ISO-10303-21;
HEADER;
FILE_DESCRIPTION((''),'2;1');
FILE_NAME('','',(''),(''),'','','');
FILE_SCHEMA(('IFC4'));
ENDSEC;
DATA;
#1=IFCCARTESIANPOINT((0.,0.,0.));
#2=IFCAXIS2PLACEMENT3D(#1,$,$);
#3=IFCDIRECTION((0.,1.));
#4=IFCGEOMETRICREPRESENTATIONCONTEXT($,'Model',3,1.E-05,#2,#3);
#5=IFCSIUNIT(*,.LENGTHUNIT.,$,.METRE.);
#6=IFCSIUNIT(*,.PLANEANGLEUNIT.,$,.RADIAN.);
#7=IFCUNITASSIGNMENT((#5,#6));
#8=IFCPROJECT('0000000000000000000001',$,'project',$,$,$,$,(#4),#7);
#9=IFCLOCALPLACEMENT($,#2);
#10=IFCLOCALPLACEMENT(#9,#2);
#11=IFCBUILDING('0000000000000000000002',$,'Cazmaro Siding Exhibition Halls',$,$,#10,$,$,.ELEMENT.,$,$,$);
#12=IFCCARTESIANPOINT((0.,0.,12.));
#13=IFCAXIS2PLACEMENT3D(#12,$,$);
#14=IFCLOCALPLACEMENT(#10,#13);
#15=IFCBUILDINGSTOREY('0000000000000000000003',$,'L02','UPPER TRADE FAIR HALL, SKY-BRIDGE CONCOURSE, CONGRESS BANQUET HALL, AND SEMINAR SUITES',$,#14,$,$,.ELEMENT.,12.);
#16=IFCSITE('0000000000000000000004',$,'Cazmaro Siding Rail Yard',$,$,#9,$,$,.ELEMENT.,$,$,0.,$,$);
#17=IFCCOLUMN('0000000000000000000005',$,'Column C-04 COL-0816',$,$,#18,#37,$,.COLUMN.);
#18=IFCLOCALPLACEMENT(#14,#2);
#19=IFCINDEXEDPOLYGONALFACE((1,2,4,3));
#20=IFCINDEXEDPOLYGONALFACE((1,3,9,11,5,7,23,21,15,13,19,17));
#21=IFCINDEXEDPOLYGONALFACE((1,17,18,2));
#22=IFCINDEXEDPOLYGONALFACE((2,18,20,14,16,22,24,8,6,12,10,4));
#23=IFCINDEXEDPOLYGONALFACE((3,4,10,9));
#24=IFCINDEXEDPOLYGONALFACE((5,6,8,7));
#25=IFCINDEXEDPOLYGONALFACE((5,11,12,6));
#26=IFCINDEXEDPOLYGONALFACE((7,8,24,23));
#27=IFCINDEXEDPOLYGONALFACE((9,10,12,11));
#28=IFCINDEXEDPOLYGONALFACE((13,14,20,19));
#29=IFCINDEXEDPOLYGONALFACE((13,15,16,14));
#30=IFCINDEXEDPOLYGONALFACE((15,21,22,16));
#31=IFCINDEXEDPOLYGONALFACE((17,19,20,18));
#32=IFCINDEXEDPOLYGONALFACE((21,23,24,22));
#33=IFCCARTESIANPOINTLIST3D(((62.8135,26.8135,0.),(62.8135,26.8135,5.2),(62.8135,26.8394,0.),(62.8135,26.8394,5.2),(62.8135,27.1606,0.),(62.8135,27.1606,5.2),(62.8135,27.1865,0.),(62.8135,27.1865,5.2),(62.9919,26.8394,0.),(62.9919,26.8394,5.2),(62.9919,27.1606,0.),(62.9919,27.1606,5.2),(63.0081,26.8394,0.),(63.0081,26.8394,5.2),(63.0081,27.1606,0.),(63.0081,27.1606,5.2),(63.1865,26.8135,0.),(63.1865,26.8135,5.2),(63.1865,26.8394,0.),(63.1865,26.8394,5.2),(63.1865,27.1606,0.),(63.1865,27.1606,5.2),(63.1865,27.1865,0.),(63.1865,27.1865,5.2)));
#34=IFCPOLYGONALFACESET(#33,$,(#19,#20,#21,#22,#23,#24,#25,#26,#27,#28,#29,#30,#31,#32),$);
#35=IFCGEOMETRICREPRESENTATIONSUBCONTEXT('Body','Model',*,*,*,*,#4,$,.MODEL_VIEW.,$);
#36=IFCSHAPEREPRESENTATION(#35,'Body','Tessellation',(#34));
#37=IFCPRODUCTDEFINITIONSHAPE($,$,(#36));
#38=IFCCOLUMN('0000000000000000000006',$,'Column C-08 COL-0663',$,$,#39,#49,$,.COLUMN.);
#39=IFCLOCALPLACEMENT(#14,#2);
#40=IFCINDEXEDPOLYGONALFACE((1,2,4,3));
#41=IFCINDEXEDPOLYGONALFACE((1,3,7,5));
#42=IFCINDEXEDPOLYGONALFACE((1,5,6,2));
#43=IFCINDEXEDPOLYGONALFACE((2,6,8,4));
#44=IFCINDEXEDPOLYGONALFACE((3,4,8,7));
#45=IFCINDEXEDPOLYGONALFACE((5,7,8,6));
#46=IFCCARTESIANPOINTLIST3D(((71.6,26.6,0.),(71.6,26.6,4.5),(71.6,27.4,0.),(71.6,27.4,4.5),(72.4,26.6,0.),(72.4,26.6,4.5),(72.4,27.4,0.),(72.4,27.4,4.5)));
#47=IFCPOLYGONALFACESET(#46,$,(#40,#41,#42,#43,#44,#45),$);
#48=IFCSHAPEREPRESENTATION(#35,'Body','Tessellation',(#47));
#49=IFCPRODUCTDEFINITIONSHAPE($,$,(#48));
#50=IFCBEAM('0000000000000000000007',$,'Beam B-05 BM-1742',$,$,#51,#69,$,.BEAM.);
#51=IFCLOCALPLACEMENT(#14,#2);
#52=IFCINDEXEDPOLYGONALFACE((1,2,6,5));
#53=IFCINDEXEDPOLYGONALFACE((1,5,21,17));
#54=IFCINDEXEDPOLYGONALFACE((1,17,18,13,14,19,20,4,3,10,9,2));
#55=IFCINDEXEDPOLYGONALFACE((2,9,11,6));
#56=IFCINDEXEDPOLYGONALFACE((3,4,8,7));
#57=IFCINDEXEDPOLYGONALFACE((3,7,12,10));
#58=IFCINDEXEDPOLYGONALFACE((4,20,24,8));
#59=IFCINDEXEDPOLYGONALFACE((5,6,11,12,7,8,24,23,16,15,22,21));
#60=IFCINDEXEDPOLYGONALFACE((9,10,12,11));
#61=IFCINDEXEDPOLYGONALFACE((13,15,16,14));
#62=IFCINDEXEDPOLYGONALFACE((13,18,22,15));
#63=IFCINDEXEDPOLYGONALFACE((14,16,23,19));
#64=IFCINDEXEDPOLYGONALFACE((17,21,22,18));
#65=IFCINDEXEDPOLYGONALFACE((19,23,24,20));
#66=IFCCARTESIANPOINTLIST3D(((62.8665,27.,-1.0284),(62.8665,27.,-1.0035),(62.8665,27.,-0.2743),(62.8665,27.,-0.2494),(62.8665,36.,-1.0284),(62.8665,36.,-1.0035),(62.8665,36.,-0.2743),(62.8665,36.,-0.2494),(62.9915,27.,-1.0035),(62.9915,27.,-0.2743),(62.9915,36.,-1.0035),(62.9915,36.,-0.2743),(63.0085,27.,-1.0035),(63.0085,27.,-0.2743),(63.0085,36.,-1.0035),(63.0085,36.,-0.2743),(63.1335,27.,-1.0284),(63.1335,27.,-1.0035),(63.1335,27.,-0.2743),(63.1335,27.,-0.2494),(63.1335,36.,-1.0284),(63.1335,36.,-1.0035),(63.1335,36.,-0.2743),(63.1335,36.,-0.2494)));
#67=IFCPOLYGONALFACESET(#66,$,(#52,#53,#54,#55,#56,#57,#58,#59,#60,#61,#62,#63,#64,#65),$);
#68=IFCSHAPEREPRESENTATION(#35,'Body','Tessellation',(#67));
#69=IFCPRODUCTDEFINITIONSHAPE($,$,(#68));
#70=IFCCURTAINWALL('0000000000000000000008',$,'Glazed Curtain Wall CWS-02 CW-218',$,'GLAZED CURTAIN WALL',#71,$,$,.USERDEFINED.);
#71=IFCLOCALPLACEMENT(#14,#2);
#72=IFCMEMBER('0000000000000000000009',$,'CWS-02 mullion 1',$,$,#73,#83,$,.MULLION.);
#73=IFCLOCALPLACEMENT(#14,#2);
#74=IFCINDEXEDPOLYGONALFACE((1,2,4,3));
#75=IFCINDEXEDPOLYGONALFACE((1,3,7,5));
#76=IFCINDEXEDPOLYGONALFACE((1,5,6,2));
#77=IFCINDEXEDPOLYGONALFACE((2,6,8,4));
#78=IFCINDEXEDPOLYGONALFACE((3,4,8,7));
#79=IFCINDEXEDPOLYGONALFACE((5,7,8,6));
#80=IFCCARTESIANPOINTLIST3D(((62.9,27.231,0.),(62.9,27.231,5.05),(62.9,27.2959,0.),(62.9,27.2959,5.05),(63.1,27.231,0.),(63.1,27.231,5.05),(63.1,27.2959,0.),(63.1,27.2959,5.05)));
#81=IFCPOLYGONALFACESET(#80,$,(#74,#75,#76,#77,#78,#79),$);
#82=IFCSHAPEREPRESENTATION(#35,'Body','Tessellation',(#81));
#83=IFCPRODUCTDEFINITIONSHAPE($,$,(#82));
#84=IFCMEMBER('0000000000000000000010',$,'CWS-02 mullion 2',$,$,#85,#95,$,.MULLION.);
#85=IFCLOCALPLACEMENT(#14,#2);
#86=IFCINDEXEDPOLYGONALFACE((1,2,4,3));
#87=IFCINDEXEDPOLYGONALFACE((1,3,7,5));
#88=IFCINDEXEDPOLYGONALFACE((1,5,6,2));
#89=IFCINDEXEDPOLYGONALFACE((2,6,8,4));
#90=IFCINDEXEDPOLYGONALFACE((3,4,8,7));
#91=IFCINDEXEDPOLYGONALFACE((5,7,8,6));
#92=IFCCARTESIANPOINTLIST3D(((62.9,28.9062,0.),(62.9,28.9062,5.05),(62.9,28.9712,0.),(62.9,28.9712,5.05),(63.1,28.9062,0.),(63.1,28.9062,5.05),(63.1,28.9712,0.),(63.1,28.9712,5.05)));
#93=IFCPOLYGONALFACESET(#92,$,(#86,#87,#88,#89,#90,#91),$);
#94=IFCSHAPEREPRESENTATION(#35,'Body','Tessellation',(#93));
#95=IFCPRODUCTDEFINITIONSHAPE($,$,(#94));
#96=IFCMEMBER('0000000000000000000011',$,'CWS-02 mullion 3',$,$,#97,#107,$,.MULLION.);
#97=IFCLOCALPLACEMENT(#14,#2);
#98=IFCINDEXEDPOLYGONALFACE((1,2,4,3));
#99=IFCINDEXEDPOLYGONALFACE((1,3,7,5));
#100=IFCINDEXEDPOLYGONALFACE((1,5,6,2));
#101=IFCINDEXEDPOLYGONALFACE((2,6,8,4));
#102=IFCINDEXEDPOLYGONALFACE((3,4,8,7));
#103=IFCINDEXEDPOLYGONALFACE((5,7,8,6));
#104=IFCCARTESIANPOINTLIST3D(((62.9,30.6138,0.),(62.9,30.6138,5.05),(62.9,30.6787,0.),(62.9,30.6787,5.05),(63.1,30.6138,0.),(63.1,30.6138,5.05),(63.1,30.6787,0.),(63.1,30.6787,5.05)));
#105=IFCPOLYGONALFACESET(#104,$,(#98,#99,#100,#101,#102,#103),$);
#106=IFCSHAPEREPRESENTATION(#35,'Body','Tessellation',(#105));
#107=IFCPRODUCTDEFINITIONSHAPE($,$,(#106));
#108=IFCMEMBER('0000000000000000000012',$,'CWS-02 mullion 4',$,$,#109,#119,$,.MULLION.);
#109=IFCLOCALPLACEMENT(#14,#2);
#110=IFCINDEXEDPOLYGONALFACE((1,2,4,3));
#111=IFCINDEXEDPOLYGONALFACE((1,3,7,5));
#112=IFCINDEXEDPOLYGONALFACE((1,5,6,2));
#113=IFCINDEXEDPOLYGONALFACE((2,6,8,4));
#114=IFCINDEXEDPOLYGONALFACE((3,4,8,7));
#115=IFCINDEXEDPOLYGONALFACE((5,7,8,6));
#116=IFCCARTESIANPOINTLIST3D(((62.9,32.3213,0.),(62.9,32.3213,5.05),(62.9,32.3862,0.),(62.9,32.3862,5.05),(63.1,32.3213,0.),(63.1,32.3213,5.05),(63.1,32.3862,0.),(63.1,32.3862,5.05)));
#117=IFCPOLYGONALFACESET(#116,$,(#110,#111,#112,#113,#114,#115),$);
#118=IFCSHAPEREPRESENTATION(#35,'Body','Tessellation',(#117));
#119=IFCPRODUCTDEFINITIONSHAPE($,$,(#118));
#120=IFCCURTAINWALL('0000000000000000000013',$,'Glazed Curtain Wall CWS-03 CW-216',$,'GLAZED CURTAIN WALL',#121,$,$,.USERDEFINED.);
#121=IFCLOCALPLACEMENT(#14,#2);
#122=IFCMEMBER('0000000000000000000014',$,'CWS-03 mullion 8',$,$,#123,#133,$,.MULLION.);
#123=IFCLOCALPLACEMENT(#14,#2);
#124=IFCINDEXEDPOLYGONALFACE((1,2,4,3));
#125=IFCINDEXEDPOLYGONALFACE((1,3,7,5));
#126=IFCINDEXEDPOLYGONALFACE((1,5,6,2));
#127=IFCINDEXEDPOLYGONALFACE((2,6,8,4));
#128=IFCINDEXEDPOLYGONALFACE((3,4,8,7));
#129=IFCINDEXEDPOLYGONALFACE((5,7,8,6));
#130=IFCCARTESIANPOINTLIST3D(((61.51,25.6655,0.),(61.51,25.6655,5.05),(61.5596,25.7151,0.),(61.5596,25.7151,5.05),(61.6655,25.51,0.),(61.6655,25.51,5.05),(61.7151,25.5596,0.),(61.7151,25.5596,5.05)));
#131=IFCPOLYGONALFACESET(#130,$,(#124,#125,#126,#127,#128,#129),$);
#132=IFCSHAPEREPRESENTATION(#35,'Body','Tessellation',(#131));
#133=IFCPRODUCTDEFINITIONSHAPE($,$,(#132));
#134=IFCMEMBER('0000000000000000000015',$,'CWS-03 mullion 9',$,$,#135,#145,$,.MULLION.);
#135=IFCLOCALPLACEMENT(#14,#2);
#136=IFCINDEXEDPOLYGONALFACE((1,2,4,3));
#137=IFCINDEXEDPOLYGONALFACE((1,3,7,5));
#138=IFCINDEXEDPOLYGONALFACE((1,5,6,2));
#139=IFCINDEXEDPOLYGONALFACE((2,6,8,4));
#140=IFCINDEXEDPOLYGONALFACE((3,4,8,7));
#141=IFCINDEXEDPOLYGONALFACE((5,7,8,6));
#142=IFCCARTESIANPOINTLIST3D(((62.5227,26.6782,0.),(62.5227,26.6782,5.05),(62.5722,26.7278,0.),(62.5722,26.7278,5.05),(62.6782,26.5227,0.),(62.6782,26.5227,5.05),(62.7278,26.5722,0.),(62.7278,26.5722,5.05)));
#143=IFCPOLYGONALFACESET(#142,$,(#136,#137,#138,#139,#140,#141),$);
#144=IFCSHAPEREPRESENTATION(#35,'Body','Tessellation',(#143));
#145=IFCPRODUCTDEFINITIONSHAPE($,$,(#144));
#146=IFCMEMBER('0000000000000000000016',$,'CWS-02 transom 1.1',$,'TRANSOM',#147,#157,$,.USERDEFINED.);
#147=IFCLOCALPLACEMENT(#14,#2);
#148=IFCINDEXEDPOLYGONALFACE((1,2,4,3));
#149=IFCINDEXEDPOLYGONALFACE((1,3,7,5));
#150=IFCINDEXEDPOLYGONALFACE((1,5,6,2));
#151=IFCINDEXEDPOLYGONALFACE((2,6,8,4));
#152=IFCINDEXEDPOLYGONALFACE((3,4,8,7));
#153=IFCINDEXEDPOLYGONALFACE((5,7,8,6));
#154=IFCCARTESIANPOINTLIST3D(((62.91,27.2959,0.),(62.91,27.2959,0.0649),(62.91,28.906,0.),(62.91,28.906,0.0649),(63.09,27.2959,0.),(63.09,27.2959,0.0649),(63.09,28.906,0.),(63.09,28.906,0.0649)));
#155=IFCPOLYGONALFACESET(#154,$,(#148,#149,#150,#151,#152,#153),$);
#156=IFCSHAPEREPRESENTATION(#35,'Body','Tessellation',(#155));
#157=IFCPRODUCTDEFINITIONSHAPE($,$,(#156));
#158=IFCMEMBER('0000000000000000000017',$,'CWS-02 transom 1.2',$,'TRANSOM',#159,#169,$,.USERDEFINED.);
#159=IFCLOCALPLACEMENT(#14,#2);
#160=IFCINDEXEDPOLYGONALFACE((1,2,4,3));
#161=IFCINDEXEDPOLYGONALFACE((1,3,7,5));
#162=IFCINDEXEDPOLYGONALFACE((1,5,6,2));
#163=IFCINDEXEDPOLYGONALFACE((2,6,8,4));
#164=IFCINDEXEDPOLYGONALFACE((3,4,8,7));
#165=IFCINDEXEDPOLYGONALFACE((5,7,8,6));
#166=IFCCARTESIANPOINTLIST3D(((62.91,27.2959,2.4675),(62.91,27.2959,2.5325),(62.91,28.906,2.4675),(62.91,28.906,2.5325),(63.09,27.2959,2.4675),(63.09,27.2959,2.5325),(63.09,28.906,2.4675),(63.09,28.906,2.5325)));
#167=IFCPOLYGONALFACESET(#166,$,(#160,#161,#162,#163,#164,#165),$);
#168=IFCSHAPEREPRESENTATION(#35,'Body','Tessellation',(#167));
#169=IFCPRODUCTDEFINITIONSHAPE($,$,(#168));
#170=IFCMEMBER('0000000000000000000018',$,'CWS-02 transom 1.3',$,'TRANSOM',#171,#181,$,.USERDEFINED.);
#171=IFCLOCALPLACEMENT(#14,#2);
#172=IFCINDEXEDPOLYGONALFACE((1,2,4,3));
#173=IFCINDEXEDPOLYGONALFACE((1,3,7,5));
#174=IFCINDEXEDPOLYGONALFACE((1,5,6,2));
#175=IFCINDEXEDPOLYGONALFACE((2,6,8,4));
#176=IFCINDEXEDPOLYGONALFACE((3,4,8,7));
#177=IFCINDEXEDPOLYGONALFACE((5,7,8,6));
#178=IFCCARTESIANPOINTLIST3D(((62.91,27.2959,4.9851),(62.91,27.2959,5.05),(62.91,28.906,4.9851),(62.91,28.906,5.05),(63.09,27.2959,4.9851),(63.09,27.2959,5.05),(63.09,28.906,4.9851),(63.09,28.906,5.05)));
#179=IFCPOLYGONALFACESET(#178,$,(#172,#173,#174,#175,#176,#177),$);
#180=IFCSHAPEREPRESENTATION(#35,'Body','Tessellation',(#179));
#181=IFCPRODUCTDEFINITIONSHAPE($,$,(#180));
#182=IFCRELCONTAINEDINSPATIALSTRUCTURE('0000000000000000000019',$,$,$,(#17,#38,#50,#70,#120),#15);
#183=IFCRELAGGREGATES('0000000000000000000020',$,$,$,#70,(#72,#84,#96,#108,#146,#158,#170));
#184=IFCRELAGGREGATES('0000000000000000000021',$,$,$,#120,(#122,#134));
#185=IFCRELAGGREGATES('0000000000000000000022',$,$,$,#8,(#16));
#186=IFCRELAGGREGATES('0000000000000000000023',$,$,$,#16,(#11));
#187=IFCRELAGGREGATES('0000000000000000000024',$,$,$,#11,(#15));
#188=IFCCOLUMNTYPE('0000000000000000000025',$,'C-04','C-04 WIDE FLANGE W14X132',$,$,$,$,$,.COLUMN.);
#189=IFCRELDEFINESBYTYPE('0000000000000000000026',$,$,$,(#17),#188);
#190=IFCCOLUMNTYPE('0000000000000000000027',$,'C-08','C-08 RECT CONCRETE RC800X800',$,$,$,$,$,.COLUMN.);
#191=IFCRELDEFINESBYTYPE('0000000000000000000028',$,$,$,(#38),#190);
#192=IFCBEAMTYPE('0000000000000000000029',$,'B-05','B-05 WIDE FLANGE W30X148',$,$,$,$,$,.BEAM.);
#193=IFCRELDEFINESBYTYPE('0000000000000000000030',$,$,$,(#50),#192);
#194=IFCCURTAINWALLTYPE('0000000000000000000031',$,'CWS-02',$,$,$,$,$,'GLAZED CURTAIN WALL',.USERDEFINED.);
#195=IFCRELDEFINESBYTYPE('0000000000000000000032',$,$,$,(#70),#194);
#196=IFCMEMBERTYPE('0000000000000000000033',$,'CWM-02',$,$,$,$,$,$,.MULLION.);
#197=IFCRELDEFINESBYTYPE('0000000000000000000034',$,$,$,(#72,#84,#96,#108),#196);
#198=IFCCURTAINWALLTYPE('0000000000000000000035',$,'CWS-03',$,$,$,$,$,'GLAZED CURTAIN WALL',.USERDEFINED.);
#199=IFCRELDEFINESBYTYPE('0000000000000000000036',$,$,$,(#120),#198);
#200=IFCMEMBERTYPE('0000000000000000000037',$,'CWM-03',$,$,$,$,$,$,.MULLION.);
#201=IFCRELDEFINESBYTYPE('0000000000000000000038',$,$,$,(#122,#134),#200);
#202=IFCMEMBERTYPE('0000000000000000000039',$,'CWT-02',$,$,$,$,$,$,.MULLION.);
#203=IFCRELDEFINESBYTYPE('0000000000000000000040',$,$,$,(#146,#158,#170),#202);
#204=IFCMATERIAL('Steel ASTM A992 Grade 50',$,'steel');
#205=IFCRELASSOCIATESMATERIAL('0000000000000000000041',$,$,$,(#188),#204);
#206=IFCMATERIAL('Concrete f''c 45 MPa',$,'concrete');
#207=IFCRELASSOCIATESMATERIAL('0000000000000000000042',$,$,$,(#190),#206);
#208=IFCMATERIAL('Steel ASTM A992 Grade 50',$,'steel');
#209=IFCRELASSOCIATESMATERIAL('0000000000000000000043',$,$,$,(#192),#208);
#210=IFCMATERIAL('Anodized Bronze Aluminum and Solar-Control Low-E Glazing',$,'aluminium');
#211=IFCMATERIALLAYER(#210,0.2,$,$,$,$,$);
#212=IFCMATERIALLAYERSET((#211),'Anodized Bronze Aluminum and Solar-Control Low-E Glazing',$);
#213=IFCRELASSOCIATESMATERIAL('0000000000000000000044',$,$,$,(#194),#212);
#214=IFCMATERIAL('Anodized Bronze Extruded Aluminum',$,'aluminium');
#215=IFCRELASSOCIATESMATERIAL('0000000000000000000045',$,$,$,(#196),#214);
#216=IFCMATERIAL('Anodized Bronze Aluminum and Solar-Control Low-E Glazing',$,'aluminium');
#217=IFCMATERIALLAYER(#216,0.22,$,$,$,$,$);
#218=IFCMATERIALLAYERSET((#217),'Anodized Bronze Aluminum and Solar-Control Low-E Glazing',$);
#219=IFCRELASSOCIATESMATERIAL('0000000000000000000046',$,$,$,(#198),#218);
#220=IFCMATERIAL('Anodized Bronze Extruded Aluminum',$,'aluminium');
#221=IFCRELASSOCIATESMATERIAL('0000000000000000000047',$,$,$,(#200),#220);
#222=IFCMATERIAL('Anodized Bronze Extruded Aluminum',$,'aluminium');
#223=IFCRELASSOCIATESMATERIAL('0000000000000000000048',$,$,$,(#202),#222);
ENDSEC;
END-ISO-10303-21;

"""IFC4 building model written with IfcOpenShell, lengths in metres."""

from ifc_helpers import new_model, si_unit, direction, frame, origin, origin_2d, place, context, subcontext, project, spatial, rectangle, i_section, extrude, material, layer, layer_set, material_profile, profile_set, type_object, element, aggregate, save


model = new_model("IFC4")

# Units and contexts
model_context = context("Model", 3, precision=1e-05, world=origin(), true_north=direction((0.0, 1.0)))
body_context = subcontext(model_context, "Body", "Model", "MODEL_VIEW")
ifc_project = project(units=[si_unit("LENGTHUNIT", "METRE"), si_unit("PLANEANGLEUNIT", "RADIAN")], contexts=[model_context])

# Site, building, storey
site_placement = place(None, origin())
site = spatial("IfcSite", under=ifc_project, at=site_placement, Name="Cazmaro Siding Rail Yard", CompositionType="ELEMENT", RefElevation=0.0)
building_placement = place(site_placement, origin())
building = spatial("IfcBuilding", under=site, at=building_placement, Name="Cazmaro Siding Exhibition Halls", CompositionType="ELEMENT")
storey_placement = place(building_placement, frame((0.0, 0.0, 12.0)))
storey = spatial("IfcBuildingStorey", under=building, at=storey_placement, Name="L02", Description="UPPER TRADE FAIR HALL, SKY-BRIDGE CONCOURSE, CONGRESS BANQUET HALL, AND SEMINAR SUITES", CompositionType="ELEMENT", Elevation=12.0)

# Columns
ifc_material_1 = material(Name="Steel ASTM A992 Grade 50", Category="steel")
ifc_material_profile_1 = material_profile(ifc_material_1, i_section(OverallWidth=0.373, OverallDepth=0.373, WebThickness=0.0161, FlangeThickness=0.0259, at=origin_2d()), Name="W14X132")
ifc_profile_set_1 = profile_set([ifc_material_profile_1], Name="Steel ASTM A992 Grade 50")
column_type_1 = type_object("IfcColumnType", Name="C-04", Description="C-04 WIDE FLANGE W14X132", PredefinedType="COLUMN", material=ifc_profile_set_1)
column_1_placement = place(storey_placement, frame((63.0, 27.0, 0.0), z_axis=(0.0, 0.0, 1.0), x_axis=(1.0, 0.0, 0.0)))
element("IfcColumn", 1, at=column_1_placement, inside=storey, type_object=column_type_1, Name="Column C-04 COL-0816", PredefinedType="COLUMN", context=body_context, shape_type="SweptSolid", body=[
    extrude(i_section(OverallWidth=0.373, OverallDepth=0.373, WebThickness=0.0161, FlangeThickness=0.0259, at=origin_2d()), origin(), (0.0, 0.0, 1.0), 5.2),
])
ifc_material_2 = material(Name="Concrete f'c 45 MPa", Category="concrete")
ifc_material_profile_2 = material_profile(ifc_material_2, rectangle(XDim=0.8, YDim=0.8, at=origin_2d()), Name="RC800X800")
ifc_profile_set_2 = profile_set([ifc_material_profile_2], Name="Concrete f'c 45 MPa")
column_type_2 = type_object("IfcColumnType", Name="C-08", Description="C-08 RECT CONCRETE RC800X800", PredefinedType="COLUMN", material=ifc_profile_set_2)
column_2_placement = place(storey_placement, frame((72.0, 27.0, 0.0), z_axis=(0.0, 0.0, 1.0), x_axis=(1.0, 0.0, 0.0)))
element("IfcColumn", 2, at=column_2_placement, inside=storey, type_object=column_type_2, Name="Column C-08 COL-0663", PredefinedType="COLUMN", context=body_context, shape_type="SweptSolid", body=[
    extrude(rectangle(XDim=0.8, YDim=0.8, at=origin_2d()), origin(), (0.0, 0.0, 1.0), 4.5),
])

# Beam
ifc_material_3 = material(Name="Steel ASTM A992 Grade 50", Category="steel")
ifc_material_profile_3 = material_profile(ifc_material_3, i_section(OverallWidth=0.2671, OverallDepth=0.7791, WebThickness=0.0171, FlangeThickness=0.0249, at=origin_2d()), Name="W30X148")
ifc_profile_set_3 = profile_set([ifc_material_profile_3], Name="Steel ASTM A992 Grade 50")
beam_type_1 = type_object("IfcBeamType", Name="B-05", Description="B-05 WIDE FLANGE W30X148", PredefinedType="BEAM", material=ifc_profile_set_3)
beam_1_placement = place(storey_placement, frame((63.0, 27.0, -0.6389), z_axis=(0.0, 1.0, 0.0), x_axis=(-1.0, 0.0, 0.0)))
element("IfcBeam", 3, at=beam_1_placement, inside=storey, type_object=beam_type_1, Name="Beam B-05 BM-1742", PredefinedType="BEAM", context=body_context, shape_type="SweptSolid", body=[
    extrude(i_section(OverallWidth=0.2671, OverallDepth=0.7791, WebThickness=0.0171, FlangeThickness=0.0249, at=origin_2d()), origin(), (0.0, 0.0, 1.0), 9.0),
])

# Curtain walls, members
ifc_material_4 = material(Name="Anodized Bronze Aluminum and Solar-Control Low-E Glazing", Category="aluminium")
ifc_layer_1 = layer(ifc_material_4, 0.2)
ifc_layer_set_1 = layer_set([ifc_layer_1], Name="Anodized Bronze Aluminum and Solar-Control Low-E Glazing")
curtain_wall_type_1 = type_object("IfcCurtainWallType", Name="CWS-02", ElementType="GLAZED CURTAIN WALL", PredefinedType="USERDEFINED", material=ifc_layer_set_1)
curtain_wall_1_placement = place(storey_placement, origin())
curtain_wall_1 = element("IfcCurtainWall", 4, at=curtain_wall_1_placement, inside=storey, type_object=curtain_wall_type_1, Name="Glazed Curtain Wall CWS-02 CW-218", ObjectType="GLAZED CURTAIN WALL", PredefinedType="USERDEFINED")
ifc_material_5 = material(Name="Anodized Bronze Extruded Aluminum", Category="aluminium")
ifc_material_profile_4 = material_profile(ifc_material_5, rectangle(XDim=0.2, YDim=0.0649, at=origin_2d()), Name="CWM-02")
ifc_profile_set_4 = profile_set([ifc_material_profile_4], Name="Anodized Bronze Extruded Aluminum")
member_type_1 = type_object("IfcMemberType", Name="CWM-02", PredefinedType="MULLION", material=ifc_profile_set_4)
member_1_placement = place(storey_placement, frame((63.0, 27.2634, 0.0), z_axis=(0.0, 0.0, 1.0), x_axis=(-1.0, 0.0, 0.0)))
member_1 = element("IfcMember", 5, at=member_1_placement, type_object=member_type_1, Name="CWS-02 mullion 1", PredefinedType="MULLION", context=body_context, shape_type="SweptSolid", body=[
    extrude(rectangle(XDim=0.2, YDim=0.0649, at=origin_2d()), origin(), (0.0, 0.0, 1.0), 5.05),
])
member_2_placement = place(storey_placement, frame((63.0, 28.9387, 0.0), z_axis=(0.0, 0.0, 1.0), x_axis=(-1.0, 0.0, 0.0)))
member_2 = element("IfcMember", 6, at=member_2_placement, type_object=member_type_1, Name="CWS-02 mullion 2", PredefinedType="MULLION", context=body_context, shape_type="SweptSolid", body=[
    extrude(rectangle(XDim=0.2, YDim=0.0649, at=origin_2d()), origin(), (0.0, 0.0, 1.0), 5.05),
])
member_3_placement = place(storey_placement, frame((63.0, 30.6462, 0.0), z_axis=(0.0, 0.0, 1.0), x_axis=(-1.0, 0.0, 0.0)))
member_3 = element("IfcMember", 7, at=member_3_placement, type_object=member_type_1, Name="CWS-02 mullion 3", PredefinedType="MULLION", context=body_context, shape_type="SweptSolid", body=[
    extrude(rectangle(XDim=0.2, YDim=0.0649, at=origin_2d()), origin(), (0.0, 0.0, 1.0), 5.05),
])
member_4_placement = place(storey_placement, frame((63.0, 32.3538, 0.0), z_axis=(0.0, 0.0, 1.0), x_axis=(-1.0, 0.0, 0.0)))
member_4 = element("IfcMember", 8, at=member_4_placement, type_object=member_type_1, Name="CWS-02 mullion 4", PredefinedType="MULLION", context=body_context, shape_type="SweptSolid", body=[
    extrude(rectangle(XDim=0.2, YDim=0.0649, at=origin_2d()), origin(), (0.0, 0.0, 1.0), 5.05),
])
ifc_material_6 = material(Name="Anodized Bronze Aluminum and Solar-Control Low-E Glazing", Category="aluminium")
ifc_layer_2 = layer(ifc_material_6, 0.22)
ifc_layer_set_2 = layer_set([ifc_layer_2], Name="Anodized Bronze Aluminum and Solar-Control Low-E Glazing")
curtain_wall_type_2 = type_object("IfcCurtainWallType", Name="CWS-03", ElementType="GLAZED CURTAIN WALL", PredefinedType="USERDEFINED", material=ifc_layer_set_2)
curtain_wall_2_placement = place(storey_placement, origin())
curtain_wall_2 = element("IfcCurtainWall", 9, at=curtain_wall_2_placement, inside=storey, type_object=curtain_wall_type_2, Name="Glazed Curtain Wall CWS-03 CW-216", ObjectType="GLAZED CURTAIN WALL", PredefinedType="USERDEFINED")
ifc_material_7 = material(Name="Anodized Bronze Extruded Aluminum", Category="aluminium")
ifc_material_profile_5 = material_profile(ifc_material_7, rectangle(XDim=0.22, YDim=0.0701, at=origin_2d()), Name="CWM-03")
ifc_profile_set_5 = profile_set([ifc_material_profile_5], Name="Anodized Bronze Extruded Aluminum")
member_type_2 = type_object("IfcMemberType", Name="CWM-03", PredefinedType="MULLION", material=ifc_profile_set_5)
member_5_placement = place(storey_placement, frame((61.6125, 25.6125, 0.0), z_axis=(0.0, 0.0, 1.0), x_axis=(-0.707107, 0.707107, 0.0)))
member_5 = element("IfcMember", 10, at=member_5_placement, type_object=member_type_2, Name="CWS-03 mullion 8", PredefinedType="MULLION", context=body_context, shape_type="SweptSolid", body=[
    extrude(rectangle(XDim=0.22, YDim=0.0701, at=origin_2d()), origin(), (0.0, 0.0, 1.0), 5.05),
])
member_6_placement = place(storey_placement, frame((62.6252, 26.6252, 0.0), z_axis=(0.0, 0.0, 1.0), x_axis=(-0.707107, 0.707107, 0.0)))
member_6 = element("IfcMember", 11, at=member_6_placement, type_object=member_type_2, Name="CWS-03 mullion 9", PredefinedType="MULLION", context=body_context, shape_type="SweptSolid", body=[
    extrude(rectangle(XDim=0.22, YDim=0.0701, at=origin_2d()), origin(), (0.0, 0.0, 1.0), 5.05),
])

# Members
ifc_material_8 = material(Name="Anodized Bronze Extruded Aluminum", Category="aluminium")
ifc_material_profile_6 = material_profile(ifc_material_8, rectangle(XDim=0.1799, YDim=0.0649, at=origin_2d()), Name="CWT-02")
ifc_profile_set_6 = profile_set([ifc_material_profile_6], Name="Anodized Bronze Extruded Aluminum")
member_type_3 = type_object("IfcMemberType", Name="CWT-02", PredefinedType="MULLION", material=ifc_profile_set_6)
member_7_placement = place(storey_placement, frame((63.0, 27.2959, 0.0325), z_axis=(0.0, 1.0, 0.0), x_axis=(-1.0, 0.0, 0.0)))
member_7 = element("IfcMember", 12, at=member_7_placement, type_object=member_type_3, Name="CWS-02 transom 1.1", ObjectType="TRANSOM", PredefinedType="USERDEFINED", context=body_context, shape_type="SweptSolid", body=[
    extrude(rectangle(XDim=0.1799, YDim=0.0649, at=origin_2d()), origin(), (0.0, 0.0, 1.0), 1.6101),
])
member_8_placement = place(storey_placement, frame((63.0, 27.2959, 2.5), z_axis=(0.0, 1.0, 0.0), x_axis=(-1.0, 0.0, 0.0)))
member_8 = element("IfcMember", 13, at=member_8_placement, type_object=member_type_3, Name="CWS-02 transom 1.2", ObjectType="TRANSOM", PredefinedType="USERDEFINED", context=body_context, shape_type="SweptSolid", body=[
    extrude(rectangle(XDim=0.1799, YDim=0.0649, at=origin_2d()), origin(), (0.0, 0.0, 1.0), 1.6101),
])
member_9_placement = place(storey_placement, frame((63.0, 27.2959, 5.0176), z_axis=(0.0, 1.0, 0.0), x_axis=(-1.0, 0.0, 0.0)))
member_9 = element("IfcMember", 14, at=member_9_placement, type_object=member_type_3, Name="CWS-02 transom 1.3", ObjectType="TRANSOM", PredefinedType="USERDEFINED", context=body_context, shape_type="SweptSolid", body=[
    extrude(rectangle(XDim=0.1799, YDim=0.0649, at=origin_2d()), origin(), (0.0, 0.0, 1.0), 1.6101),
])

aggregate(curtain_wall_1, [member_1, member_2, member_3, member_4, member_7, member_8, member_9])
aggregate(curtain_wall_2, [member_5, member_6])

save(model, "model.ifc")
